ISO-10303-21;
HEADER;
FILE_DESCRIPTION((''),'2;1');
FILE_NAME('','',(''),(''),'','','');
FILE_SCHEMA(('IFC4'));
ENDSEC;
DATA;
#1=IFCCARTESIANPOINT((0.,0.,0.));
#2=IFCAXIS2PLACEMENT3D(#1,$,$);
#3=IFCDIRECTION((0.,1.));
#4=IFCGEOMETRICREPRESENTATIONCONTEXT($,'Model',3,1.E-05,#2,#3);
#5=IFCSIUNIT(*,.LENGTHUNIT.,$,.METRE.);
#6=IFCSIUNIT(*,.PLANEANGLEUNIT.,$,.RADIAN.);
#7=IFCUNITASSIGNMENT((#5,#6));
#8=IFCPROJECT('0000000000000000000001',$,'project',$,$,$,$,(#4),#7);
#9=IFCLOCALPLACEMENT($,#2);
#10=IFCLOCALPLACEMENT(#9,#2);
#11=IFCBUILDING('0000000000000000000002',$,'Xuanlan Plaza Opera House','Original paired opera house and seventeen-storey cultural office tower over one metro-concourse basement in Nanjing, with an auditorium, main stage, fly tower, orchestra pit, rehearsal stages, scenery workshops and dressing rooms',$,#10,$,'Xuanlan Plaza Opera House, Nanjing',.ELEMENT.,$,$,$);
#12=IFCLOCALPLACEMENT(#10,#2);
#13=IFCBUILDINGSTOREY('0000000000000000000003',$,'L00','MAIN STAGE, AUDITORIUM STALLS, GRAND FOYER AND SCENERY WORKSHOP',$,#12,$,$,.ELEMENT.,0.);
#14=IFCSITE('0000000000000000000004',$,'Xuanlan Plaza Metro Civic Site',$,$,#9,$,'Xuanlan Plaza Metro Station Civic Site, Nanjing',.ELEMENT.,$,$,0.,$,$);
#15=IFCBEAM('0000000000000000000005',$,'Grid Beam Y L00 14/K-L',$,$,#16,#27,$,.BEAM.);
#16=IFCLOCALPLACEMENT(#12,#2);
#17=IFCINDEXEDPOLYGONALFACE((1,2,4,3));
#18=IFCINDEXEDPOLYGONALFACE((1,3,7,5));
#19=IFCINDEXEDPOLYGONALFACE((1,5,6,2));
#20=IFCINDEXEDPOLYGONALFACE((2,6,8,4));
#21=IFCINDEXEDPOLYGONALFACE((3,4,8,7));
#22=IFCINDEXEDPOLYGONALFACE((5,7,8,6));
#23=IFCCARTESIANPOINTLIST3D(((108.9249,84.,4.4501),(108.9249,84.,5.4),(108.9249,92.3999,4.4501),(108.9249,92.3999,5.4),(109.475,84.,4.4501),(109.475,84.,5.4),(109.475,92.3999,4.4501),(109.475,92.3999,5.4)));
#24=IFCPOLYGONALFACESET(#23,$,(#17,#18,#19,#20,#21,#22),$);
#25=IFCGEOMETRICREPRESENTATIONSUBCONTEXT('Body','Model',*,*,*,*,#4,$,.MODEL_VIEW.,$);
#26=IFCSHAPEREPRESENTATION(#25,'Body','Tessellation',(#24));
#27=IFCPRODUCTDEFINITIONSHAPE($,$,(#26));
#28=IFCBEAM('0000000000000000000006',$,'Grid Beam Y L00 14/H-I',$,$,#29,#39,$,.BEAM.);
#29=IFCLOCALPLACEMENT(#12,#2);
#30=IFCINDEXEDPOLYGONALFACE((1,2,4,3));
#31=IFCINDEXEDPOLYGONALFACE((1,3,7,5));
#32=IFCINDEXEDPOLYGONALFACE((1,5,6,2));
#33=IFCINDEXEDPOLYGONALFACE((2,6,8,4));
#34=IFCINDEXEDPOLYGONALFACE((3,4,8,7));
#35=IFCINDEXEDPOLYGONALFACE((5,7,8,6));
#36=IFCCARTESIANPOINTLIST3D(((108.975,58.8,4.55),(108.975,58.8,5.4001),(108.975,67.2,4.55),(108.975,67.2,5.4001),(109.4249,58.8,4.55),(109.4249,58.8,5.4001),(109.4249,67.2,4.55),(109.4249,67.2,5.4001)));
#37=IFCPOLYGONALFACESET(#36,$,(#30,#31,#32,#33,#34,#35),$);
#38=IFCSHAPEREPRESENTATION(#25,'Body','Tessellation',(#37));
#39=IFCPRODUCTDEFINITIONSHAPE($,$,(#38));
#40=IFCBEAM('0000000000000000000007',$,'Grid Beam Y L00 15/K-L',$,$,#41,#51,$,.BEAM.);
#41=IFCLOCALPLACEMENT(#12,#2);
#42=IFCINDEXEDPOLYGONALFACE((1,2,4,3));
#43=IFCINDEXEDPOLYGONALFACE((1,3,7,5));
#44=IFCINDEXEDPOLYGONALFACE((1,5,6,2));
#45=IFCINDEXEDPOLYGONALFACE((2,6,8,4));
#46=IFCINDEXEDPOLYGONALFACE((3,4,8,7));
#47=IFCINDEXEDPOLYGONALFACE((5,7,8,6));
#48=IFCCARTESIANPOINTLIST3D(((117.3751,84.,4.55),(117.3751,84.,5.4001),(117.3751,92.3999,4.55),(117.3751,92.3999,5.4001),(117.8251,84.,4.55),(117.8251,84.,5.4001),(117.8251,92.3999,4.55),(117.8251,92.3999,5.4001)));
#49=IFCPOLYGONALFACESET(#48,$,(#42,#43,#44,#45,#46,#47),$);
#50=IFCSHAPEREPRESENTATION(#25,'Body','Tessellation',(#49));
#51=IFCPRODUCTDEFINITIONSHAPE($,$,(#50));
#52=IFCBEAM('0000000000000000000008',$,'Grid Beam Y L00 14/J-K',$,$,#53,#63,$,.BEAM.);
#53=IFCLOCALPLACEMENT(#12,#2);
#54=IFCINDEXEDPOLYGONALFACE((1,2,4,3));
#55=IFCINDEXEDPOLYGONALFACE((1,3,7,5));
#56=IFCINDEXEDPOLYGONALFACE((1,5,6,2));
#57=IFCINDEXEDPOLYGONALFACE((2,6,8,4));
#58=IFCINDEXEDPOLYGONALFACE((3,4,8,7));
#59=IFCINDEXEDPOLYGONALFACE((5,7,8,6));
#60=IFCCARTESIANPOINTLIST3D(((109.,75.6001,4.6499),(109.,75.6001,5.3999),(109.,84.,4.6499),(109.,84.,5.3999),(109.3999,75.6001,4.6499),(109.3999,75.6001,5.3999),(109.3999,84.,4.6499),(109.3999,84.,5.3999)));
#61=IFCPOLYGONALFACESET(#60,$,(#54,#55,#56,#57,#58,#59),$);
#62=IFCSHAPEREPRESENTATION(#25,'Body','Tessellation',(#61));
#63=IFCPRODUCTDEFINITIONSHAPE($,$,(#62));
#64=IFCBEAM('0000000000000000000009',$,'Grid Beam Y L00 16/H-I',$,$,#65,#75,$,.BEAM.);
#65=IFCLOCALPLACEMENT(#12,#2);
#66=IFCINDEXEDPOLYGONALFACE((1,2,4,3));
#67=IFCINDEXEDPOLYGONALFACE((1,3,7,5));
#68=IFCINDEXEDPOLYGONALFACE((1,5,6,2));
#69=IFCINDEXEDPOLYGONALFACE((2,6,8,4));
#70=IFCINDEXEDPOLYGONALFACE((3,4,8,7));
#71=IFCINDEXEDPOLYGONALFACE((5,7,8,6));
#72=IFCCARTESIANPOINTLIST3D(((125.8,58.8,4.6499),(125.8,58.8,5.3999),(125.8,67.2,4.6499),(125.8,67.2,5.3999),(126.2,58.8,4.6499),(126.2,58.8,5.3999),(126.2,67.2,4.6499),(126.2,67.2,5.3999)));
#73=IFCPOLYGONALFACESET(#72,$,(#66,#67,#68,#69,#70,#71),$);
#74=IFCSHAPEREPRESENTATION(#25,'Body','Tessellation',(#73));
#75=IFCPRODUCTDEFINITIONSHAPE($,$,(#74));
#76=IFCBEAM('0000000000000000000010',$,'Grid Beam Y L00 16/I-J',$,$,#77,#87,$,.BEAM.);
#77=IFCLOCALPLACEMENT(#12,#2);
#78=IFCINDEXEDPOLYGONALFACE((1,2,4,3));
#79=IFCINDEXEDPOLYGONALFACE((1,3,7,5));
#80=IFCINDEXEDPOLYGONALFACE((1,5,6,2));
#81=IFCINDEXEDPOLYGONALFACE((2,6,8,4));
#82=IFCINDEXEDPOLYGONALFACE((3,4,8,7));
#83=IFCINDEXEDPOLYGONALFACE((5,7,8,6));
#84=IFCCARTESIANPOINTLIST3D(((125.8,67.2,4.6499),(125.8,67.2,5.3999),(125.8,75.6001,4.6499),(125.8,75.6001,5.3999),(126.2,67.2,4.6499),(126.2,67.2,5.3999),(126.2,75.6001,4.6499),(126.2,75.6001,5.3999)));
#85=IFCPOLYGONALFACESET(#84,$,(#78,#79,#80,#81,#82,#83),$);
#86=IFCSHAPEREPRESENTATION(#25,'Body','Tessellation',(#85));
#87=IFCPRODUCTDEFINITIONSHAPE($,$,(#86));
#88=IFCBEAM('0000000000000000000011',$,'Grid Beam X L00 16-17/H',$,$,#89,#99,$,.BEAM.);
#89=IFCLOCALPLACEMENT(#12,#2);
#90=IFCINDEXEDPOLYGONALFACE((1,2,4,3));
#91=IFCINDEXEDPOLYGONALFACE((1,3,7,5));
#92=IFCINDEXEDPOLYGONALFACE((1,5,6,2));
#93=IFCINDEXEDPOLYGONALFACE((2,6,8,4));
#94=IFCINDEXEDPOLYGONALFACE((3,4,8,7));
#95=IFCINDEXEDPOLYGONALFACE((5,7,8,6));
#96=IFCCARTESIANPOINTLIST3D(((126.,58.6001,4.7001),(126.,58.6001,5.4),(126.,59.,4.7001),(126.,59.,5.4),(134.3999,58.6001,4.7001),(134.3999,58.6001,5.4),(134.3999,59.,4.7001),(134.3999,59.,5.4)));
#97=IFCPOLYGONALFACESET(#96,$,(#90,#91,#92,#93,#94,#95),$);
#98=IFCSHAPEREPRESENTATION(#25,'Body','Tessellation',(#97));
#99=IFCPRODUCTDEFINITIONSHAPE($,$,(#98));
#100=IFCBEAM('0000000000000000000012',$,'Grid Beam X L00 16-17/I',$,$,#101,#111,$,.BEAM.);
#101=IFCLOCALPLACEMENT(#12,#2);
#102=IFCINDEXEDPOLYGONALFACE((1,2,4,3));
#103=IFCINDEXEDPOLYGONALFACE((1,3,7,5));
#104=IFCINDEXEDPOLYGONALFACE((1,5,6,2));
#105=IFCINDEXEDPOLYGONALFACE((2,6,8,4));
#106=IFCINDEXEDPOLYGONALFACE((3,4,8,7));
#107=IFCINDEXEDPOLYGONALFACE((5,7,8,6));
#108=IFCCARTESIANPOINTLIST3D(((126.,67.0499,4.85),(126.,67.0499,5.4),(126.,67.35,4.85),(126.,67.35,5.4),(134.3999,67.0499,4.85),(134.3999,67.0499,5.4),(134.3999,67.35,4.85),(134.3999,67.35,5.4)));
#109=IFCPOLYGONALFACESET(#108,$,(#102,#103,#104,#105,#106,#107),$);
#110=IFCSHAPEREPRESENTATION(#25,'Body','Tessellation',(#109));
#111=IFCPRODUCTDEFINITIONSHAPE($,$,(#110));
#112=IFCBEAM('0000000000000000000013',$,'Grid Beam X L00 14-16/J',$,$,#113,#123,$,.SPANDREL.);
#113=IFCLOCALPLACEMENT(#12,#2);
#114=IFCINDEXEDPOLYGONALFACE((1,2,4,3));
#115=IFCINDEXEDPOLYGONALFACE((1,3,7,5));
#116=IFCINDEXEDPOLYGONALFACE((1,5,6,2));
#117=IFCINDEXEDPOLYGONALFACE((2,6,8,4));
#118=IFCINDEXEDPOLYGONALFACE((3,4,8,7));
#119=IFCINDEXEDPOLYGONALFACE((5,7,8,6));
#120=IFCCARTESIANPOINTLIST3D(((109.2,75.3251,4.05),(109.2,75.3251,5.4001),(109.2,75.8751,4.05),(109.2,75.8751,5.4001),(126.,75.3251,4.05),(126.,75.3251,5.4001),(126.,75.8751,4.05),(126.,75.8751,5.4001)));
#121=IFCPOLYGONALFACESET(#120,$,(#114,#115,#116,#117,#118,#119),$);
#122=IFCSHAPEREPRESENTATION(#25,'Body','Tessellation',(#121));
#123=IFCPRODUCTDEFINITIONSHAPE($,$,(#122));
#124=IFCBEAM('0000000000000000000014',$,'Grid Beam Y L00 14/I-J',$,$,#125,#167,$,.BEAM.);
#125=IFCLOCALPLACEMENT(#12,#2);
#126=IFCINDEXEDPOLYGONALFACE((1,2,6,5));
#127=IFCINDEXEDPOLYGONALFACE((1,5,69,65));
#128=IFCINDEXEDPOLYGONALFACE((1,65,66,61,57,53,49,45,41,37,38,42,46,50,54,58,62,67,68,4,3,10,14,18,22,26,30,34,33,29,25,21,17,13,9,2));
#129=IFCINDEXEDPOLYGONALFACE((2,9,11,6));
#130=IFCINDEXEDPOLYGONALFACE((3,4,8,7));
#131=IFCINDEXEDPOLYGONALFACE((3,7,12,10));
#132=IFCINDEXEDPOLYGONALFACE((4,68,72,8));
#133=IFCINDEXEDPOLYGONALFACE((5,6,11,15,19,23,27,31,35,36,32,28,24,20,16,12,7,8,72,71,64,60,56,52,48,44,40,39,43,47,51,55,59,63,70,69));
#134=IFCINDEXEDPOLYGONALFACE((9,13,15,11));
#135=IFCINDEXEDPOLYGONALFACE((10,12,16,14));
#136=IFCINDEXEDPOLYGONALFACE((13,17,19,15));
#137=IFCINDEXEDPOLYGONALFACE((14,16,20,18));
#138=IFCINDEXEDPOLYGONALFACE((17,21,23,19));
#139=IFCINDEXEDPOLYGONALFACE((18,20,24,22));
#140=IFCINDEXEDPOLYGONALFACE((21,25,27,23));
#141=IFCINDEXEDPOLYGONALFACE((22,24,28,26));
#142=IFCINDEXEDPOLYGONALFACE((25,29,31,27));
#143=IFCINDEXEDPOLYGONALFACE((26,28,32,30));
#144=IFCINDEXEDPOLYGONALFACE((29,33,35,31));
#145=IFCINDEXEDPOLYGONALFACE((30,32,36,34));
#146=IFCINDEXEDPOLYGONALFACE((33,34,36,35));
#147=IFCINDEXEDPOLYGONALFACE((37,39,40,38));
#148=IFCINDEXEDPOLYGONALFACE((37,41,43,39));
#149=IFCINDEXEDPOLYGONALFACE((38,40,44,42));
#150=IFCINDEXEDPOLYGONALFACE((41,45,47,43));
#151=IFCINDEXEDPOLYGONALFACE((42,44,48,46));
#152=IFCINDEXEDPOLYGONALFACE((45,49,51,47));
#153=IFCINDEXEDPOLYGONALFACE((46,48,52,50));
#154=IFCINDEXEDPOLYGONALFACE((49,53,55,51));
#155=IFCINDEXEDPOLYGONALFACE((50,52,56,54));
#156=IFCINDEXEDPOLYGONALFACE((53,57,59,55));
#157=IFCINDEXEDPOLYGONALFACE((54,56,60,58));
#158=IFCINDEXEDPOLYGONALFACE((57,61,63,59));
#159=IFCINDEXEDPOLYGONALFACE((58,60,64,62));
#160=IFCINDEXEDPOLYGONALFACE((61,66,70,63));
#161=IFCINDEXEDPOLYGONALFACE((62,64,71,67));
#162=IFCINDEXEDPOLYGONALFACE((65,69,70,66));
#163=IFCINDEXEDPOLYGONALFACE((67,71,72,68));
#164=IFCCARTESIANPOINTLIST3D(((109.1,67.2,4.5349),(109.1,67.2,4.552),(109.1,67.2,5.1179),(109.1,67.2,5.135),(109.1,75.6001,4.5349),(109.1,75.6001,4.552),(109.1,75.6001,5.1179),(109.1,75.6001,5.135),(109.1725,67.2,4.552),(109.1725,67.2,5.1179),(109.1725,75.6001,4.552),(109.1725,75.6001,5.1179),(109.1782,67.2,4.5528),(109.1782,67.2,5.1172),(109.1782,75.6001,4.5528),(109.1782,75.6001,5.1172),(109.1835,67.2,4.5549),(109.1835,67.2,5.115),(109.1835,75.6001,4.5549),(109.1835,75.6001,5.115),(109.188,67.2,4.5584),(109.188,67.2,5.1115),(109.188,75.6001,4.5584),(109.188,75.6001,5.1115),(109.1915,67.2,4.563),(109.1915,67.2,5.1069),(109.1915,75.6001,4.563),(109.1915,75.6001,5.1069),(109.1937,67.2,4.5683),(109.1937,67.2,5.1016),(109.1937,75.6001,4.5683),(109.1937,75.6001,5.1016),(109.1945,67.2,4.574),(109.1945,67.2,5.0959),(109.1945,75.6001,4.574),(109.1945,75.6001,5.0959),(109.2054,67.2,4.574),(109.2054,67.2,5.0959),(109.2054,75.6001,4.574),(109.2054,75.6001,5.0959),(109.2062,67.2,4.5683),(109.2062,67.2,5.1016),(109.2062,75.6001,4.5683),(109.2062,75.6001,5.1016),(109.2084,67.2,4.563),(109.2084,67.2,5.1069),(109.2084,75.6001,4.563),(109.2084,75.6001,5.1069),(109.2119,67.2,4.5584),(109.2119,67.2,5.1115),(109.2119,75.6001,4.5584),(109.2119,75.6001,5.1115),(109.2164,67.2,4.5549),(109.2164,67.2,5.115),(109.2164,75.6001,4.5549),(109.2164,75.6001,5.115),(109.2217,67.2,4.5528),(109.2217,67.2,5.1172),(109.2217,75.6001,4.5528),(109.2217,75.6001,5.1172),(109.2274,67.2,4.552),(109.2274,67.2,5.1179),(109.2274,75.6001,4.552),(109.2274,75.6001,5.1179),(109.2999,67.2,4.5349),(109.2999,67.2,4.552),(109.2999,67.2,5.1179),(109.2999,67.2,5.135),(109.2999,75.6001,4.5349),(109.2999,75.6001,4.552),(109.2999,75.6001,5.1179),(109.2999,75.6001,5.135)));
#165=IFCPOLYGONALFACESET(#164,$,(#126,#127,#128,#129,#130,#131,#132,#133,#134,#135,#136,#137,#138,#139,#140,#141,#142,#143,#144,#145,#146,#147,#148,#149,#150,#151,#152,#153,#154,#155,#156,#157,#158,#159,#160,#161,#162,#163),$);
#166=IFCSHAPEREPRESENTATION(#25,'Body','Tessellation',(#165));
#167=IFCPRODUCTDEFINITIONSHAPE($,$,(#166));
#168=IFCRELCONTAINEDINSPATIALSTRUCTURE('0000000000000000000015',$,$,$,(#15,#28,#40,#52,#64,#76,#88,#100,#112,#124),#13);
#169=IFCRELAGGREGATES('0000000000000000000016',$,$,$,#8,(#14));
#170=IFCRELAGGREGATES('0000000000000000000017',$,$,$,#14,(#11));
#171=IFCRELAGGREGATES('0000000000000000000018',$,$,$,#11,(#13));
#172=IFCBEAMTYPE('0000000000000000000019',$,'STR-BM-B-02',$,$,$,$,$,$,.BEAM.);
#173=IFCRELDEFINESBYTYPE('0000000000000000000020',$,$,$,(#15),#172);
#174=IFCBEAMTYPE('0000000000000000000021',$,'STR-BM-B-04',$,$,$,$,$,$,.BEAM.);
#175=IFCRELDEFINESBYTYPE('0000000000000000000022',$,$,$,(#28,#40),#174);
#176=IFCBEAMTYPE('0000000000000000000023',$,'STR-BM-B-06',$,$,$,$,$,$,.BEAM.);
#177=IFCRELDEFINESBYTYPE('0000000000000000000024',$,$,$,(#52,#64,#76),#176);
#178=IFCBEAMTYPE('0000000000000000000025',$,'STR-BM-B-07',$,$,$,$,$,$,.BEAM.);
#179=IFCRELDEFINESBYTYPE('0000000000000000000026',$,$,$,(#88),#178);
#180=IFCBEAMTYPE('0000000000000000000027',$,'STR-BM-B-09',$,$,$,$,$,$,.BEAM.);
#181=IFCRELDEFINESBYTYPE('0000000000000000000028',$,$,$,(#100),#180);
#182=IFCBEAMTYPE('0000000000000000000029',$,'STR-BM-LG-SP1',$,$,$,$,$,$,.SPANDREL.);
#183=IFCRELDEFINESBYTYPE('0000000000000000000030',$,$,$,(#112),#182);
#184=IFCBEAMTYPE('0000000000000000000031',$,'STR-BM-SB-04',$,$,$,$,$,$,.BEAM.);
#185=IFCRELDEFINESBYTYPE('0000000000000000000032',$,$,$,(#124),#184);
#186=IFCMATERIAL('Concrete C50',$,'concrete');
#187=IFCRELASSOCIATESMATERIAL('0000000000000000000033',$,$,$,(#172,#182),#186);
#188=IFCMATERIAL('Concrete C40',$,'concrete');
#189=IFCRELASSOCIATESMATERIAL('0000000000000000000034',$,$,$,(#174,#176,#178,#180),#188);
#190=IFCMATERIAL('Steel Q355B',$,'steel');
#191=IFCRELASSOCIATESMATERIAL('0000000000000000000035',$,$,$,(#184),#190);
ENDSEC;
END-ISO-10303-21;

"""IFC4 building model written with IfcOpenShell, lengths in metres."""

from ifc_helpers import new_model, si_unit, direction, frame, origin, origin_2d, place, context, subcontext, project, spatial, rectangle, i_section, extrude, material, material_profile, profile_set, type_object, element, save


model = new_model("IFC4")

# Units and contexts
model_context = context("Model", 3, precision=1e-05, world=origin(), true_north=direction((0.0, 1.0)))
body_context = subcontext(model_context, "Body", "Model", "MODEL_VIEW")
ifc_project = project(units=[si_unit("LENGTHUNIT", "METRE"), si_unit("PLANEANGLEUNIT", "RADIAN")], contexts=[model_context])

# Site, building, storey
site_placement = place(None, origin())
site = spatial("IfcSite", under=ifc_project, at=site_placement, Name="Xuanlan Plaza Metro Civic Site", LongName="Xuanlan Plaza Metro Station Civic Site, Nanjing", CompositionType="ELEMENT", RefElevation=0.0)
building_placement = place(site_placement, origin())
building = spatial("IfcBuilding", under=site, at=building_placement, Name="Xuanlan Plaza Opera House", Description="Original paired opera house and seventeen-storey cultural office tower over one metro-concourse basement in Nanjing, with an auditorium, main stage, fly tower, orchestra pit, rehearsal stages, scenery workshops and dressing rooms", LongName="Xuanlan Plaza Opera House, Nanjing", CompositionType="ELEMENT")
storey_placement = place(building_placement, origin())
storey = spatial("IfcBuildingStorey", under=building, at=storey_placement, Name="L00", Description="MAIN STAGE, AUDITORIUM STALLS, GRAND FOYER AND SCENERY WORKSHOP", CompositionType="ELEMENT", Elevation=0.0)

# Shared definitions
ifc_material_1 = material(Name="Concrete C50", Category="concrete")
ifc_material_2 = material(Name="Steel Q355B", Category="steel")

# Beams
ifc_material_profile_1 = material_profile(ifc_material_1, rectangle(XDim=0.55, YDim=0.95, at=origin_2d()), Name="RC-BM 550x950")
ifc_profile_set_1 = profile_set([ifc_material_profile_1], Name="Concrete C50")
beam_type_1 = type_object("IfcBeamType", Name="STR-BM-B-02", PredefinedType="BEAM", material=ifc_profile_set_1)
beam_1_placement = place(storey_placement, frame((109.2, 84.0, 4.925), z_axis=(0.0, 1.0, 0.0), x_axis=(-1.0, 0.0, 0.0)))
element("IfcBeam", 1, at=beam_1_placement, inside=storey, type_object=beam_type_1, Name="Grid Beam Y L00 14/K-L", PredefinedType="BEAM", context=body_context, shape_type="SweptSolid", body=[
    extrude(rectangle(XDim=0.55, YDim=0.95, at=origin_2d()), origin(), (0.0, 0.0, 1.0), 8.3999),
])
ifc_material_3 = material(Name="Concrete C40", Category="concrete")
ifc_material_profile_2 = material_profile(ifc_material_3, rectangle(XDim=0.45, YDim=0.8501, at=origin_2d()), Name="RC-BM 450x850")
ifc_profile_set_2 = profile_set([ifc_material_profile_2], Name="Concrete C40")
beam_type_2 = type_object("IfcBeamType", Name="STR-BM-B-04", PredefinedType="BEAM", material=ifc_profile_set_2)
for number, where, z_axis, x_axis, name in (
    (2, (109.2, 58.8, 4.9751), (0.0, 1.0, 0.0), (-1.0, 0.0, 0.0), "Grid Beam Y L00 14/H-I"),
    (3, (117.6001, 84.0, 4.9751), (0.0, 1.0, 0.0), (-1.0, 0.0, 0.0), "Grid Beam Y L00 15/K-L"),
):
    element("IfcBeam", number, at=place(storey_placement, frame(where, z_axis=z_axis, x_axis=x_axis)), inside=storey, type_object=beam_type_2, Name=name, PredefinedType="BEAM", context=body_context, shape_type="SweptSolid", body=[
        extrude(rectangle(XDim=0.45, YDim=0.8501, at=origin_2d()), origin(), (0.0, 0.0, 1.0), 8.3999),
    ])
ifc_material_profile_3 = material_profile(ifc_material_3, rectangle(XDim=0.3999, YDim=0.75, at=origin_2d()), Name="RC-BM 400x750")
ifc_profile_set_3 = profile_set([ifc_material_profile_3], Name="Concrete C40")
beam_type_3 = type_object("IfcBeamType", Name="STR-BM-B-06", PredefinedType="BEAM", material=ifc_profile_set_3)
for number, where, z_axis, x_axis, name in (
    (4, (109.2, 75.6001, 5.0249), (0.0, 1.0, 0.0), (-1.0, 0.0, 0.0), "Grid Beam Y L00 14/J-K"),
    (5, (126.0, 58.8, 5.0249), (0.0, 1.0, 0.0), (-1.0, 0.0, 0.0), "Grid Beam Y L00 16/H-I"),
):
    element("IfcBeam", number, at=place(storey_placement, frame(where, z_axis=z_axis, x_axis=x_axis)), inside=storey, type_object=beam_type_3, Name=name, PredefinedType="BEAM", context=body_context, shape_type="SweptSolid", body=[
        extrude(rectangle(XDim=0.3999, YDim=0.75, at=origin_2d()), origin(), (0.0, 0.0, 1.0), 8.3999),
    ])
beam_2_placement = place(storey_placement, frame((126.0, 67.2, 5.0249), z_axis=(0.0, 1.0, 0.0), x_axis=(-1.0, 0.0, 0.0)))
element("IfcBeam", 6, at=beam_2_placement, inside=storey, type_object=beam_type_3, Name="Grid Beam Y L00 16/I-J", PredefinedType="BEAM", context=body_context, shape_type="SweptSolid", body=[
    extrude(rectangle(XDim=0.3999, YDim=0.75, at=origin_2d()), origin(), (0.0, 0.0, 1.0), 8.4001),
])
ifc_material_profile_4 = material_profile(ifc_material_3, rectangle(XDim=0.3999, YDim=0.7, at=origin_2d()), Name="RC-BM 400x700")
ifc_profile_set_4 = profile_set([ifc_material_profile_4], Name="Concrete C40")
beam_type_4 = type_object("IfcBeamType", Name="STR-BM-B-07", PredefinedType="BEAM", material=ifc_profile_set_4)
beam_3_placement = place(storey_placement, frame((126.0, 58.8, 5.05), z_axis=(1.0, 0.0, 0.0), x_axis=(0.0, 1.0, 0.0)))
element("IfcBeam", 7, at=beam_3_placement, inside=storey, type_object=beam_type_4, Name="Grid Beam X L00 16-17/H", PredefinedType="BEAM", context=body_context, shape_type="SweptSolid", body=[
    extrude(rectangle(XDim=0.3999, YDim=0.7, at=origin_2d()), origin(), (0.0, 0.0, 1.0), 8.3999),
])
ifc_material_profile_5 = material_profile(ifc_material_3, rectangle(XDim=0.3, YDim=0.55, at=origin_2d()), Name="RC-BM 300x550")
ifc_profile_set_5 = profile_set([ifc_material_profile_5], Name="Concrete C40")
beam_type_5 = type_object("IfcBeamType", Name="STR-BM-B-09", PredefinedType="BEAM", material=ifc_profile_set_5)
beam_4_placement = place(storey_placement, frame((126.0, 67.2, 5.125), z_axis=(1.0, 0.0, 0.0), x_axis=(0.0, 1.0, 0.0)))
element("IfcBeam", 8, at=beam_4_placement, inside=storey, type_object=beam_type_5, Name="Grid Beam X L00 16-17/I", PredefinedType="BEAM", context=body_context, shape_type="SweptSolid", body=[
    extrude(rectangle(XDim=0.3, YDim=0.55, at=origin_2d()), origin(), (0.0, 0.0, 1.0), 8.3999),
])
ifc_material_profile_6 = material_profile(ifc_material_1, rectangle(XDim=0.55, YDim=1.3501, at=origin_2d()), Name="RC-SPD 550x1350")
ifc_profile_set_6 = profile_set([ifc_material_profile_6], Name="Concrete C50")
beam_type_6 = type_object("IfcBeamType", Name="STR-BM-LG-SP1", PredefinedType="SPANDREL", material=ifc_profile_set_6)
beam_5_placement = place(storey_placement, frame((109.2, 75.6001, 4.7251), z_axis=(1.0, 0.0, 0.0), x_axis=(0.0, 1.0, 0.0)))
element("IfcBeam", 9, at=beam_5_placement, inside=storey, type_object=beam_type_6, Name="Grid Beam X L00 14-16/J", PredefinedType="SPANDREL", context=body_context, shape_type="SweptSolid", body=[
    extrude(rectangle(XDim=0.55, YDim=1.3501, at=origin_2d()), origin(), (0.0, 0.0, 1.0), 16.8),
])
ifc_material_profile_7 = material_profile(ifc_material_2, i_section(OverallWidth=0.2, OverallDepth=0.6001, WebThickness=0.011, FlangeThickness=0.0171, FilletRadius=0.022, at=origin_2d()), Name="HN 600x200x11x17")
ifc_profile_set_7 = profile_set([ifc_material_profile_7], Name="Steel Q355B")
beam_type_7 = type_object("IfcBeamType", Name="STR-BM-SB-04", PredefinedType="BEAM", material=ifc_profile_set_7)
beam_6_placement = place(storey_placement, frame((109.2, 67.2, 4.835), z_axis=(0.0, 1.0, 0.0), x_axis=(-1.0, 0.0, 0.0)))
element("IfcBeam", 10, at=beam_6_placement, inside=storey, type_object=beam_type_7, Name="Grid Beam Y L00 14/I-J", PredefinedType="BEAM", context=body_context, shape_type="SweptSolid", body=[
    extrude(i_section(OverallWidth=0.2, OverallDepth=0.6001, WebThickness=0.011, FlangeThickness=0.0171, FilletRadius=0.022, at=origin_2d()), origin(), (0.0, 0.0, 1.0), 8.4001),
])

save(model, "model.ifc")
